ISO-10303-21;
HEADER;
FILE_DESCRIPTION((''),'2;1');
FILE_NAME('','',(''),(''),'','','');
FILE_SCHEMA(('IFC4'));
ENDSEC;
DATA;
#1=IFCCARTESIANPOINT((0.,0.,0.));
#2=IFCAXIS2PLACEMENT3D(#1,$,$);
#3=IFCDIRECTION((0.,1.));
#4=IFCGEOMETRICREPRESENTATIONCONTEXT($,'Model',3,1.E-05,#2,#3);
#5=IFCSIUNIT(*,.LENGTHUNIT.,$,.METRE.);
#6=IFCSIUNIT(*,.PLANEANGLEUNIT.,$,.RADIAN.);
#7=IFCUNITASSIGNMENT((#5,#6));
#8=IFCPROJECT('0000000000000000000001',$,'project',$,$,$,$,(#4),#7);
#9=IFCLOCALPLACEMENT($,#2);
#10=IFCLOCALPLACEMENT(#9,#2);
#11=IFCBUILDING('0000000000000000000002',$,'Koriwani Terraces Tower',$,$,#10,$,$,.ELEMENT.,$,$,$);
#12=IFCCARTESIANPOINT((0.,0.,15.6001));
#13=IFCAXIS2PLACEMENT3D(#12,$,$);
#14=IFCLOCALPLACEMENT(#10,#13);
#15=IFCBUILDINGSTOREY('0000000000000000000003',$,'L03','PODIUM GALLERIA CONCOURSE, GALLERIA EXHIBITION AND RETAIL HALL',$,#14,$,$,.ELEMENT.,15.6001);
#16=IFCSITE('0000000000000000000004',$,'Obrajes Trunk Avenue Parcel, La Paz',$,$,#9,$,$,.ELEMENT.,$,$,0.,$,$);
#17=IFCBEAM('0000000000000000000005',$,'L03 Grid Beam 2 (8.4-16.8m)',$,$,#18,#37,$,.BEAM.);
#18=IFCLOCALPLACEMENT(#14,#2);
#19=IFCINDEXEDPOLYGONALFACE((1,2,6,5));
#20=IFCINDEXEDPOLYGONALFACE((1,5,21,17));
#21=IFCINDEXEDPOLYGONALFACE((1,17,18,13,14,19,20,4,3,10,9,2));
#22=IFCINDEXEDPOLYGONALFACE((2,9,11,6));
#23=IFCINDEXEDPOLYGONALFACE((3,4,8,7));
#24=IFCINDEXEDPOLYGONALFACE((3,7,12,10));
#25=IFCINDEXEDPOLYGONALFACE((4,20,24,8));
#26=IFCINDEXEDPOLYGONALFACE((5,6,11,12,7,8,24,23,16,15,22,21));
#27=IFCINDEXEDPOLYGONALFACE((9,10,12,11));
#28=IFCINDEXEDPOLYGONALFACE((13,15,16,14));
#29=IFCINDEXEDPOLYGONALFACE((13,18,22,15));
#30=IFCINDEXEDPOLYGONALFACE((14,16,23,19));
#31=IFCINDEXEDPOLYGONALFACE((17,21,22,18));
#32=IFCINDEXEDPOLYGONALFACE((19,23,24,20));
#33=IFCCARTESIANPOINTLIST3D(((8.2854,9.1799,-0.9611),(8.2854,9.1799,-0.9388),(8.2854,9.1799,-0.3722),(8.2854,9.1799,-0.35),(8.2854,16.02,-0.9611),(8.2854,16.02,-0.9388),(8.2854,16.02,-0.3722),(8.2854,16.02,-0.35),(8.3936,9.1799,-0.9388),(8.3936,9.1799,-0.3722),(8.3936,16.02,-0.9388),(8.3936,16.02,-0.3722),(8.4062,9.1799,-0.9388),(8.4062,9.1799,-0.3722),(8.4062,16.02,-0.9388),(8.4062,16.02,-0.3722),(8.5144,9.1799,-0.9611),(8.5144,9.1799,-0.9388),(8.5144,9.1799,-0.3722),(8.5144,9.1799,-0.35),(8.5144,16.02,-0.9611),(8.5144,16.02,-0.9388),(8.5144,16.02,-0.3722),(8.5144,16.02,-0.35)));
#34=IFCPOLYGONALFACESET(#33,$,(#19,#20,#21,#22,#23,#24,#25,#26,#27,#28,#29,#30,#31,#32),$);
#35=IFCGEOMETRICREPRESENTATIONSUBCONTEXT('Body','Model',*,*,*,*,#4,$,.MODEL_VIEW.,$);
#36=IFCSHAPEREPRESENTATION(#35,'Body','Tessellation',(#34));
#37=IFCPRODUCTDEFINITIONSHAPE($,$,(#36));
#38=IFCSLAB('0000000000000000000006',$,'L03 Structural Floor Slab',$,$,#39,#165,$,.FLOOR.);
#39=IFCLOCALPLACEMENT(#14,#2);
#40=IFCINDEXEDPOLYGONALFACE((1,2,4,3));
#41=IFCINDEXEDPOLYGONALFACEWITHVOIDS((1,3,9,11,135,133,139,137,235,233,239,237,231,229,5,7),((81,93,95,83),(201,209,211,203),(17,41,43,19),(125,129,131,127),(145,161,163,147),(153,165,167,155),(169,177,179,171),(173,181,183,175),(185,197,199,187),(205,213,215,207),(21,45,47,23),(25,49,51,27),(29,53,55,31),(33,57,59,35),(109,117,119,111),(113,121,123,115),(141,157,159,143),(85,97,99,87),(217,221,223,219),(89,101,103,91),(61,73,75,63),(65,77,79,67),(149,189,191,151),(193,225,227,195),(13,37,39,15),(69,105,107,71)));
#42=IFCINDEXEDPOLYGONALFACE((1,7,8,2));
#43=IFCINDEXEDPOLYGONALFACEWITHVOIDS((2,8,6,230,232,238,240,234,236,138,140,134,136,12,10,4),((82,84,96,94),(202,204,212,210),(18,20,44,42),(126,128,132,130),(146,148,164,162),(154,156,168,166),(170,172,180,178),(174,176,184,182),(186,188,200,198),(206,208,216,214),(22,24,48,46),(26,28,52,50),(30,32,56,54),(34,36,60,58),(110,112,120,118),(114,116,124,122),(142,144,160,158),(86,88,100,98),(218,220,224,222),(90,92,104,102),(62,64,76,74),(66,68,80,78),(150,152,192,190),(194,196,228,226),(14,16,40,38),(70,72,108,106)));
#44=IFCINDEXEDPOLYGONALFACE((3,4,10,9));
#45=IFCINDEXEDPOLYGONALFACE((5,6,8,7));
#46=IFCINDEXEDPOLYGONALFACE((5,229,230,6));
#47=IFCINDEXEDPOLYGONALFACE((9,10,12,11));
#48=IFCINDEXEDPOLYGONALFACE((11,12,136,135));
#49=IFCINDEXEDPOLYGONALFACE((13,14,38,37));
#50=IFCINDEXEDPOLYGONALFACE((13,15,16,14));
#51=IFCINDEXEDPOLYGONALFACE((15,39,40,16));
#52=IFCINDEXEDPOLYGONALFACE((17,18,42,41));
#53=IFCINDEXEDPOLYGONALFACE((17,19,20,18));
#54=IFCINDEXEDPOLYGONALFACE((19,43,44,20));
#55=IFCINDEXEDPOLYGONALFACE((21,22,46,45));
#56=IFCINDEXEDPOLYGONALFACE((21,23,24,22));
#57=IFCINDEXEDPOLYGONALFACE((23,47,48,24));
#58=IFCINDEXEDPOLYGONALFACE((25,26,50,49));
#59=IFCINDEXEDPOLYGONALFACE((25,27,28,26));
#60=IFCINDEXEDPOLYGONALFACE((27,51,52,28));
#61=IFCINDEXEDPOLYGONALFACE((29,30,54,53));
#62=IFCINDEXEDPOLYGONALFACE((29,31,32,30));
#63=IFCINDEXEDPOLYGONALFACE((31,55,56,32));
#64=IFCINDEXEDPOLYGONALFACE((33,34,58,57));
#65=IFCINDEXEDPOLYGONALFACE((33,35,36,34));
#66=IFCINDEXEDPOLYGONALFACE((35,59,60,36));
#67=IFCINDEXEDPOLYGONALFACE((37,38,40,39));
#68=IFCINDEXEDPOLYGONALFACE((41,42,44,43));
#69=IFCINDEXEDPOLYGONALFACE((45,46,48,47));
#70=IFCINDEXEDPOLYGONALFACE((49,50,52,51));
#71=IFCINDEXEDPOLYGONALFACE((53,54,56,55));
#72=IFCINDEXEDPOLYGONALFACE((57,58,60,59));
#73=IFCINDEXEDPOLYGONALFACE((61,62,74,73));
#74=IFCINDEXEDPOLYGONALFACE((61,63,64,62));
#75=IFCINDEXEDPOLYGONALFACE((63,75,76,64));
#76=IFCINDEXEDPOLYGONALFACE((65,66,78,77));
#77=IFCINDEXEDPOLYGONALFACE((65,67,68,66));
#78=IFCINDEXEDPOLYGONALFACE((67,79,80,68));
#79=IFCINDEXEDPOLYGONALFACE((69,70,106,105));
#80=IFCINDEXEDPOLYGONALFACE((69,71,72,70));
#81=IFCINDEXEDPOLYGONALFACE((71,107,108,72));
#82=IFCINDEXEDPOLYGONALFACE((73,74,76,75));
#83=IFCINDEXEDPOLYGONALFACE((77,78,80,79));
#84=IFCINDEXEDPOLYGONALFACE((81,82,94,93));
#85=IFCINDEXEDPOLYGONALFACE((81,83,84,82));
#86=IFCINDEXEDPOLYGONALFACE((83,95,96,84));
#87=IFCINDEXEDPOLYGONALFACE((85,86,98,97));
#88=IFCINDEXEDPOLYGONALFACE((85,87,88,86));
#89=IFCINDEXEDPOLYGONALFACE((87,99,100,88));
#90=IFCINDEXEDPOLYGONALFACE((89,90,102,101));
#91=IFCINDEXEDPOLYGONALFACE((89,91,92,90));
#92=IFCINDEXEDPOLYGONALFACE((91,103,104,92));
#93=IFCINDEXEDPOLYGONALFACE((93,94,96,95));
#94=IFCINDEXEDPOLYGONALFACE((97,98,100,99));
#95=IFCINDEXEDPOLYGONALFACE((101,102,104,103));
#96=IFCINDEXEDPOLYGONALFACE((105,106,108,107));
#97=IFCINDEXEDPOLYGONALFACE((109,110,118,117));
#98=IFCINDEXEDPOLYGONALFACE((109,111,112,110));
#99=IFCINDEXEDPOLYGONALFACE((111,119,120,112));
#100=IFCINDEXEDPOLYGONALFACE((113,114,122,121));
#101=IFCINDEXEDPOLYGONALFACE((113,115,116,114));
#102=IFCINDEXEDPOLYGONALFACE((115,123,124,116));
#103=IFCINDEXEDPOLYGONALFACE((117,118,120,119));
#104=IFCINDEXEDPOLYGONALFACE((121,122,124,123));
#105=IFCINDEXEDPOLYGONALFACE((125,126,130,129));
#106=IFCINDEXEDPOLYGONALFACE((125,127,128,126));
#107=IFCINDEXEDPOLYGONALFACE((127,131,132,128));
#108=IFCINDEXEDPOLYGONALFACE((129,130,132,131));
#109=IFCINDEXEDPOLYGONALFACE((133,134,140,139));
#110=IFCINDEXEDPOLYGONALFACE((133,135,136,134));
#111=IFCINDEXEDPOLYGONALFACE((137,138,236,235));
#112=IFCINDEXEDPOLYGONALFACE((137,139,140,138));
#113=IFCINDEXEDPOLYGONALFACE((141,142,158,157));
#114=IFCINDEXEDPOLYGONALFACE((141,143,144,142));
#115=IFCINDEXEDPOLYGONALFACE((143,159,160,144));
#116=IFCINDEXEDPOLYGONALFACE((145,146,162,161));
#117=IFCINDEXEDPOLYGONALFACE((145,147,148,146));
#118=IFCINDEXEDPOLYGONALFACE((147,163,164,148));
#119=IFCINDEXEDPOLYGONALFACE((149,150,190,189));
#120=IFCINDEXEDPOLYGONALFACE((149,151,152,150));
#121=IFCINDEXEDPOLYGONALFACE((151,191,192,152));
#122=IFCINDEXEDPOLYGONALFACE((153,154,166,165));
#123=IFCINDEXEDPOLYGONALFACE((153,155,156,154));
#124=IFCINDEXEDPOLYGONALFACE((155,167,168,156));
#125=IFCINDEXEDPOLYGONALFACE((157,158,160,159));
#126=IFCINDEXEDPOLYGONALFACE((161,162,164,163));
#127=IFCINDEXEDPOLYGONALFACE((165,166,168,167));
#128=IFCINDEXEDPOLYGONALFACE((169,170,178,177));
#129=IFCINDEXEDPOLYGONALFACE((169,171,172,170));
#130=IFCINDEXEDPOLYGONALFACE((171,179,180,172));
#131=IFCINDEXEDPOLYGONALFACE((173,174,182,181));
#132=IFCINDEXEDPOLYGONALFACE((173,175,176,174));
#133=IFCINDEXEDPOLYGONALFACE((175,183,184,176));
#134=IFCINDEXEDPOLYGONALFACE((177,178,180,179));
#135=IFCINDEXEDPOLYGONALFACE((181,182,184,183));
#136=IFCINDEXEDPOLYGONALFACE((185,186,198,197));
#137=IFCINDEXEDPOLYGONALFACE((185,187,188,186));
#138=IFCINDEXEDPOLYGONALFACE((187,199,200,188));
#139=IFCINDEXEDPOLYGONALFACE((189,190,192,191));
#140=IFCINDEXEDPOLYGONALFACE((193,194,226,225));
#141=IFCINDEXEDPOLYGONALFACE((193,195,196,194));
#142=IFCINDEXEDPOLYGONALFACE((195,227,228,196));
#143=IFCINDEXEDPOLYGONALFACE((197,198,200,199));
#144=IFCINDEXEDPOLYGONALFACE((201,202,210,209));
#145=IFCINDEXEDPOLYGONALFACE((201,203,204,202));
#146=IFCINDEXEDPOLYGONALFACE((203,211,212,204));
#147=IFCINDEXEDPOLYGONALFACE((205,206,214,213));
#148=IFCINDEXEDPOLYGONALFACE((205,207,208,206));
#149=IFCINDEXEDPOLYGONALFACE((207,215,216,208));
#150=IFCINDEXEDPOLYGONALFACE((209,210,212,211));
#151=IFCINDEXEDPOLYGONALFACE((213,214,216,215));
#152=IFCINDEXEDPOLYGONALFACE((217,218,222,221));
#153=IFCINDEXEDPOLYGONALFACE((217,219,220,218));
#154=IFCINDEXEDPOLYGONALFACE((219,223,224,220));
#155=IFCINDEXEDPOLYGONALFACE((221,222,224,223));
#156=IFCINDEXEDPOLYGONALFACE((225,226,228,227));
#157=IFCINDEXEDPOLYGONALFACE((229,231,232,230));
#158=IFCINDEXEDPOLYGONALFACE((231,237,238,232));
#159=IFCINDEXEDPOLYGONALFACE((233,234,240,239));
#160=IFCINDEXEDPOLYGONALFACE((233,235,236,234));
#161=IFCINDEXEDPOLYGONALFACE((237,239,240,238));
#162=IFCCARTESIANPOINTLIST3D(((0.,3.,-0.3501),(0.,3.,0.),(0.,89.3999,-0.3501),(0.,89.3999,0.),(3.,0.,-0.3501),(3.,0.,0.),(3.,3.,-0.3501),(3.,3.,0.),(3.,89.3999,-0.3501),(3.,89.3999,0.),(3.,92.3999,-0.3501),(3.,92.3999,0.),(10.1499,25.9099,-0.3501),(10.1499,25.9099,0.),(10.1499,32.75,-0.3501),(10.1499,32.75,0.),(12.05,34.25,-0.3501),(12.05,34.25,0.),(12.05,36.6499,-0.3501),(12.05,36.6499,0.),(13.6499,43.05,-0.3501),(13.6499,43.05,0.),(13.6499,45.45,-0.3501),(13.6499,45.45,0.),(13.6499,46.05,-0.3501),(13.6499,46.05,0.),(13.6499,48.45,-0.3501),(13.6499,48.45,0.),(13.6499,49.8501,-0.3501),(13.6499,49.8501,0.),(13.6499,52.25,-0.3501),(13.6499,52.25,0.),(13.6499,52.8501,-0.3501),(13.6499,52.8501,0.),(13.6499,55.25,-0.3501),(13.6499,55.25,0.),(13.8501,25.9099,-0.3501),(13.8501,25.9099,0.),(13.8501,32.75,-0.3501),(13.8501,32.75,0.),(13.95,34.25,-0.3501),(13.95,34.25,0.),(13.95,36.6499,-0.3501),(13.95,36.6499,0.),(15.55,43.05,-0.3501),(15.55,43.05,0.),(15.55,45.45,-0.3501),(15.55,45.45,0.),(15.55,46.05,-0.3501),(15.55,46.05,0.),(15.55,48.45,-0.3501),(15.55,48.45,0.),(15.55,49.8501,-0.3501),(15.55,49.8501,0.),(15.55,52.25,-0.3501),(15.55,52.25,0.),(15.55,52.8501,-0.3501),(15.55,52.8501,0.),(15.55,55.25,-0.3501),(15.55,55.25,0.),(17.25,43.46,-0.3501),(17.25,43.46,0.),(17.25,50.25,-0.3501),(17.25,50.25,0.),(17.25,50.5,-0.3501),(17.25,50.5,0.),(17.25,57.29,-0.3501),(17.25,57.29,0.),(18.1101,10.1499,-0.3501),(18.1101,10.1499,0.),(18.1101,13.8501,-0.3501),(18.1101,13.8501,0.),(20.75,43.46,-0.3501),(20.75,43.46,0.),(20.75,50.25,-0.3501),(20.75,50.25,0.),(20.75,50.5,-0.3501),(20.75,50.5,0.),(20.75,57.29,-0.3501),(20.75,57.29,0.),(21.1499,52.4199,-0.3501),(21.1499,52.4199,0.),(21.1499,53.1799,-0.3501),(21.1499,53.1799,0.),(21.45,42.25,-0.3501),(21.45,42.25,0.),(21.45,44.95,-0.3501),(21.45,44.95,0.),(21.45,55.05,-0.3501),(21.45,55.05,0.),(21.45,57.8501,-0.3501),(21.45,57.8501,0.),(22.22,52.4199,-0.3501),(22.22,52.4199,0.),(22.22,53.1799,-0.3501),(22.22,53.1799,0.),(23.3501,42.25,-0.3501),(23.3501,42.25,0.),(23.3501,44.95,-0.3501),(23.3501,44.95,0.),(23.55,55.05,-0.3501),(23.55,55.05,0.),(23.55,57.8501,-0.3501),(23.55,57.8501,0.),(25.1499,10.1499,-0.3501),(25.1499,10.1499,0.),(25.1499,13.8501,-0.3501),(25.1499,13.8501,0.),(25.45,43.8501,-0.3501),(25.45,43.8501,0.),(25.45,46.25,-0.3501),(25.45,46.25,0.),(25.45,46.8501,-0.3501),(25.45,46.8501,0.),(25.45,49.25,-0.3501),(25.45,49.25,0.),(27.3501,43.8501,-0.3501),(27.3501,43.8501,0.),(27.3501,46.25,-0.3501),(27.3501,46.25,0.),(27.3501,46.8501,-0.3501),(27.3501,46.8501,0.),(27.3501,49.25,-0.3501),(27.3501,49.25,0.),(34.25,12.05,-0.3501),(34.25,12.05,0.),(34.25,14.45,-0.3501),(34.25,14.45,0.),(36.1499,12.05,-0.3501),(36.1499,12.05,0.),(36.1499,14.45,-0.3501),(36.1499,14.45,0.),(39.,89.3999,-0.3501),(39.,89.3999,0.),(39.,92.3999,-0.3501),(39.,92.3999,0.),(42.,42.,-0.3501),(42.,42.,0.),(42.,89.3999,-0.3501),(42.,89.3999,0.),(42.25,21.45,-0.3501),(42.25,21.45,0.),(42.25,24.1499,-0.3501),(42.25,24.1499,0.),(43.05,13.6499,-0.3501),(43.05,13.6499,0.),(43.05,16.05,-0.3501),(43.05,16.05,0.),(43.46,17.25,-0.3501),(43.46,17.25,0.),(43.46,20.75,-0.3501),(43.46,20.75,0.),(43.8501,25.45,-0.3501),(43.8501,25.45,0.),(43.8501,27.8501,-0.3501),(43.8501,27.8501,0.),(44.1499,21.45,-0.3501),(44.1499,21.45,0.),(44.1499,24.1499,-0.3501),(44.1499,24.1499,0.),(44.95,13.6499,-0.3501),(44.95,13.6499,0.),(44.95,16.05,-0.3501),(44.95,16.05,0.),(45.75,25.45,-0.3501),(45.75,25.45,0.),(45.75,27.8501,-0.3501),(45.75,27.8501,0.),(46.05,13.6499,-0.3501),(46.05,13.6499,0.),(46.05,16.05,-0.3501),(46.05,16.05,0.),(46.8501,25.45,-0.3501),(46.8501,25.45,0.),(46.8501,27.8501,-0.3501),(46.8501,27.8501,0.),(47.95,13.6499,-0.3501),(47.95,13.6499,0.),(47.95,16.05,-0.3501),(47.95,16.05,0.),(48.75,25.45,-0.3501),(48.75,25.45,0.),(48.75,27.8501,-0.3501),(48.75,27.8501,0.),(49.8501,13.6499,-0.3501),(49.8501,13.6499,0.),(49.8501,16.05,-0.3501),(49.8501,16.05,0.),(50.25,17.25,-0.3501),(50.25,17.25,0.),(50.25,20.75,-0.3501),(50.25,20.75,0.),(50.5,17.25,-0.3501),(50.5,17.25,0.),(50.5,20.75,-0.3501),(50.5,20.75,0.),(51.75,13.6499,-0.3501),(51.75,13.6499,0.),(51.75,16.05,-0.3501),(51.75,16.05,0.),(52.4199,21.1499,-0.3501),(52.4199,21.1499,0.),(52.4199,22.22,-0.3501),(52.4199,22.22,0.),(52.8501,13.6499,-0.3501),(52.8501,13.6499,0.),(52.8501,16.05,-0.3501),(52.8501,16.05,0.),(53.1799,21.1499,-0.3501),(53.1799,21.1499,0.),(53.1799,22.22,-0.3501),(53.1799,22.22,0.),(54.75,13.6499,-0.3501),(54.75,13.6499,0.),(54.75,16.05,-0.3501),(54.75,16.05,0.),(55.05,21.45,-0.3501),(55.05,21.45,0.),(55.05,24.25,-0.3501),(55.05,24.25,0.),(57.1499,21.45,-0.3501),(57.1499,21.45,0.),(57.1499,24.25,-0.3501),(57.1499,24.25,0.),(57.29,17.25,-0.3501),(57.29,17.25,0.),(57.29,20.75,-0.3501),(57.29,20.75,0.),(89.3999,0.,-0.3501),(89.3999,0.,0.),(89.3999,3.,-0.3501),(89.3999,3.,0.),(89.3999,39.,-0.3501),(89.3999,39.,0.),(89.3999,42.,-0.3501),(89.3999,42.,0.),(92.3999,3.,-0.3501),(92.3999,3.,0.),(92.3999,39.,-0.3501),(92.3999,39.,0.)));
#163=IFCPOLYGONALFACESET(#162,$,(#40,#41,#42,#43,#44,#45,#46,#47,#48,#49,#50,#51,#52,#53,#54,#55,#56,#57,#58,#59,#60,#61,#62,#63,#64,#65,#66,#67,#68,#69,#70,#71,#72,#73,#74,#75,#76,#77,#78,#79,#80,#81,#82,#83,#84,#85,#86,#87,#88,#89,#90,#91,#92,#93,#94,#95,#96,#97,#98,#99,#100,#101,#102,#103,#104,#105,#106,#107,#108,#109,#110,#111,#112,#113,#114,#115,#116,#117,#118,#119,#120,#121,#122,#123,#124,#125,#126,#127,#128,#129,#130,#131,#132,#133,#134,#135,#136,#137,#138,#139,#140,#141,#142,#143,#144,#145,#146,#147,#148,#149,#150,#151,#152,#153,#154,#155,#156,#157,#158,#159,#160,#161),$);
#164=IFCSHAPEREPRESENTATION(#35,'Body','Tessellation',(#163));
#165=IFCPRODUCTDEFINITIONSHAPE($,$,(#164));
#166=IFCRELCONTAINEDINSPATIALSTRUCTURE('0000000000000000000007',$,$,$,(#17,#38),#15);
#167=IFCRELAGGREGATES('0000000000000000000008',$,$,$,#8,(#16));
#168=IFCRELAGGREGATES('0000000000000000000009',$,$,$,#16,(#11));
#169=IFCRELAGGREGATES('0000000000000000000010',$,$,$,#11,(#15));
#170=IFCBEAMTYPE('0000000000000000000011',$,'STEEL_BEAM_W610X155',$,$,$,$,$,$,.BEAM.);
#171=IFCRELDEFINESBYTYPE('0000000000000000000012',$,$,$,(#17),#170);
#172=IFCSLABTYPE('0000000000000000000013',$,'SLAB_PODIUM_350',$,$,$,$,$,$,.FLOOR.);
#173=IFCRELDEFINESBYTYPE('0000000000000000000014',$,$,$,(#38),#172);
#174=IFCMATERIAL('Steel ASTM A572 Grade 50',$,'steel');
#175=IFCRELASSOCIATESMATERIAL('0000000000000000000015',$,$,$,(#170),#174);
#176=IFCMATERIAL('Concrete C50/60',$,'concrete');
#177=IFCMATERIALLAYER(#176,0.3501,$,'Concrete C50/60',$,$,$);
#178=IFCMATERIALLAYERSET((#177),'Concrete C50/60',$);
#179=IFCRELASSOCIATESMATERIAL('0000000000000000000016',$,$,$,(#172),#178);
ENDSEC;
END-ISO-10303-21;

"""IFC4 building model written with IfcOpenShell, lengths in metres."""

from ifc_helpers import new_model, si_unit, direction, frame, origin, origin_2d, place, context, subcontext, project, spatial, polyline, i_section, outline, extrude, material, layer, layer_set, material_profile, profile_set, type_object, element, save


model = new_model("IFC4")

# Units and contexts
model_context = context("Model", 3, precision=1e-05, world=origin(), true_north=direction((0.0, 1.0)))
body_context = subcontext(model_context, "Body", "Model", "MODEL_VIEW")
ifc_project = project(units=[si_unit("LENGTHUNIT", "METRE"), si_unit("PLANEANGLEUNIT", "RADIAN")], contexts=[model_context])

# Site, building, storey
site_placement = place(None, origin())
site = spatial("IfcSite", under=ifc_project, at=site_placement, Name="Obrajes Trunk Avenue Parcel, La Paz", CompositionType="ELEMENT", RefElevation=0.0)
building_placement = place(site_placement, origin())
building = spatial("IfcBuilding", under=site, at=building_placement, Name="Koriwani Terraces Tower", CompositionType="ELEMENT")
storey_placement = place(building_placement, frame((0.0, 0.0, 15.6001)))
storey = spatial("IfcBuildingStorey", under=building, at=storey_placement, Name="L03", Description="PODIUM GALLERIA CONCOURSE, GALLERIA EXHIBITION AND RETAIL HALL", CompositionType="ELEMENT", Elevation=15.6001)

# Beam
ifc_material_1 = material(Name="Steel ASTM A572 Grade 50", Category="steel")
ifc_material_profile_1 = material_profile(ifc_material_1, i_section(OverallWidth=0.229, OverallDepth=0.6111, WebThickness=0.0127, FlangeThickness=0.0222, at=origin_2d()), Name="Steel ASTM A572 Grade 50", Category="LoadBearing")
ifc_profile_set_1 = profile_set([ifc_material_profile_1], Name="Steel ASTM A572 Grade 50")
beam_type_1 = type_object("IfcBeamType", Name="STEEL_BEAM_W610X155", PredefinedType="BEAM", material=ifc_profile_set_1)
beam_1_placement = place(storey_placement, frame((8.3999, 9.1799, -0.6555), z_axis=(0.0, 1.0, 0.0), x_axis=(-1.0, 0.0, 0.0)))
element("IfcBeam", 1, at=beam_1_placement, inside=storey, type_object=beam_type_1, Name="L03 Grid Beam 2 (8.4-16.8m)", PredefinedType="BEAM", context=body_context, shape_type="SweptSolid", body=[
    extrude(i_section(OverallWidth=0.229, OverallDepth=0.6111, WebThickness=0.0127, FlangeThickness=0.0222, at=origin_2d()), origin(), (0.0, 0.0, 1.0), 6.8401),
])

# Slab
ifc_material_2 = material(Name="Concrete C50/60", Category="concrete")
ifc_layer_1 = layer(ifc_material_2, 0.3501, Name="Concrete C50/60")
ifc_layer_set_1 = layer_set([ifc_layer_1], Name="Concrete C50/60")
slab_type_1 = type_object("IfcSlabType", Name="SLAB_PODIUM_350", PredefinedType="FLOOR", material=ifc_layer_set_1)
slab_1_placement = place(storey_placement, frame((0.0, 0.0, -0.3501)))
element("IfcSlab", 2, at=slab_1_placement, inside=storey, type_object=slab_type_1, Name="L03 Structural Floor Slab", PredefinedType="FLOOR", context=body_context, shape_type="SweptSolid", body=[
    extrude(outline(polyline([(3.0, 0.0), (89.3999, 0.0), (89.3999, 3.0), (92.3999, 3.0), (92.3999, 39.0), (89.3999, 39.0), (89.3999, 42.0), (42.0, 42.0), (42.0, 89.3999), (39.0, 89.3999), (39.0, 92.3999), (3.0, 92.3999), (3.0, 89.3999), (0.0, 89.3999), (0.0, 3.0), (3.0, 3.0), (3.0, 0.0)]), holes=[polyline([(17.25, 43.46), (20.75, 43.46), (20.75, 50.25), (17.25, 50.25), (17.25, 43.46)]), polyline([(17.25, 50.5), (20.75, 50.5), (20.75, 57.29), (17.25, 57.29), (17.25, 50.5)]), polyline([(43.46, 17.25), (50.25, 17.25), (50.25, 20.75), (43.46, 20.75), (43.46, 17.25)]), polyline([(50.5, 17.25), (57.29, 17.25), (57.29, 20.75), (50.5, 20.75), (50.5, 17.25)]), polyline([(10.1499, 25.9099), (13.8501, 25.9099), (13.8501, 32.75), (10.1499, 32.75), (10.1499, 25.9099)]), polyline([(18.1101, 10.1499), (25.1499, 10.1499), (25.1499, 13.8501), (18.1101, 13.8501), (18.1101, 10.1499)]), polyline([(12.05, 34.25), (13.95, 34.25), (13.95, 36.6499), (12.05, 36.6499), (12.05, 34.25)]), polyline([(34.25, 12.05), (36.1499, 12.05), (36.1499, 14.45), (34.25, 14.45), (34.25, 12.05)]), polyline([(13.6499, 43.05), (15.55, 43.05), (15.55, 45.45), (13.6499, 45.45), (13.6499, 43.05)]), polyline([(13.6499, 46.05), (15.55, 46.05), (15.55, 48.45), (13.6499, 48.45), (13.6499, 46.05)]), polyline([(43.05, 13.6499), (44.95, 13.6499), (44.95, 16.05), (43.05, 16.05), (43.05, 13.6499)]), polyline([(46.05, 13.6499), (47.95, 13.6499), (47.95, 16.05), (46.05, 16.05), (46.05, 13.6499)]), polyline([(13.6499, 49.8501), (15.55, 49.8501), (15.55, 52.25), (13.6499, 52.25), (13.6499, 49.8501)]), polyline([(13.6499, 52.8501), (15.55, 52.8501), (15.55, 55.25), (13.6499, 55.25), (13.6499, 52.8501)]), polyline([(49.8501, 13.6499), (51.75, 13.6499), (51.75, 16.05), (49.8501, 16.05), (49.8501, 13.6499)]), polyline([(52.8501, 13.6499), (54.75, 13.6499), (54.75, 16.05), (52.8501, 16.05), (52.8501, 13.6499)]), polyline([(25.45, 43.8501), (27.3501, 43.8501), (27.3501, 46.25), (25.45, 46.25), (25.45, 43.8501)]), polyline([(25.45, 46.8501), (27.3501, 46.8501), (27.3501, 49.25), (25.45, 49.25), (25.45, 46.8501)]), polyline([(43.8501, 25.45), (45.75, 25.45), (45.75, 27.8501), (43.8501, 27.8501), (43.8501, 25.45)]), polyline([(46.8501, 25.45), (48.75, 25.45), (48.75, 27.8501), (46.8501, 27.8501), (46.8501, 25.45)]), polyline([(21.45, 55.05), (23.55, 55.05), (23.55, 57.8501), (21.45, 57.8501), (21.45, 55.05)]), polyline([(55.05, 21.45), (57.1499, 21.45), (57.1499, 24.25), (55.05, 24.25), (55.05, 21.45)]), polyline([(21.45, 42.25), (23.3501, 42.25), (23.3501, 44.95), (21.45, 44.95), (21.45, 42.25)]), polyline([(42.25, 21.45), (44.1499, 21.45), (44.1499, 24.1499), (42.25, 24.1499), (42.25, 21.45)]), polyline([(21.1499, 52.4199), (22.22, 52.4199), (22.22, 53.1799), (21.1499, 53.1799), (21.1499, 52.4199)]), polyline([(52.4199, 21.1499), (53.1799, 21.1499), (53.1799, 22.22), (52.4199, 22.22), (52.4199, 21.1499)])]), origin(), (0.0, 0.0, 1.0), 0.3501),
])

save(model, "model.ifc")
